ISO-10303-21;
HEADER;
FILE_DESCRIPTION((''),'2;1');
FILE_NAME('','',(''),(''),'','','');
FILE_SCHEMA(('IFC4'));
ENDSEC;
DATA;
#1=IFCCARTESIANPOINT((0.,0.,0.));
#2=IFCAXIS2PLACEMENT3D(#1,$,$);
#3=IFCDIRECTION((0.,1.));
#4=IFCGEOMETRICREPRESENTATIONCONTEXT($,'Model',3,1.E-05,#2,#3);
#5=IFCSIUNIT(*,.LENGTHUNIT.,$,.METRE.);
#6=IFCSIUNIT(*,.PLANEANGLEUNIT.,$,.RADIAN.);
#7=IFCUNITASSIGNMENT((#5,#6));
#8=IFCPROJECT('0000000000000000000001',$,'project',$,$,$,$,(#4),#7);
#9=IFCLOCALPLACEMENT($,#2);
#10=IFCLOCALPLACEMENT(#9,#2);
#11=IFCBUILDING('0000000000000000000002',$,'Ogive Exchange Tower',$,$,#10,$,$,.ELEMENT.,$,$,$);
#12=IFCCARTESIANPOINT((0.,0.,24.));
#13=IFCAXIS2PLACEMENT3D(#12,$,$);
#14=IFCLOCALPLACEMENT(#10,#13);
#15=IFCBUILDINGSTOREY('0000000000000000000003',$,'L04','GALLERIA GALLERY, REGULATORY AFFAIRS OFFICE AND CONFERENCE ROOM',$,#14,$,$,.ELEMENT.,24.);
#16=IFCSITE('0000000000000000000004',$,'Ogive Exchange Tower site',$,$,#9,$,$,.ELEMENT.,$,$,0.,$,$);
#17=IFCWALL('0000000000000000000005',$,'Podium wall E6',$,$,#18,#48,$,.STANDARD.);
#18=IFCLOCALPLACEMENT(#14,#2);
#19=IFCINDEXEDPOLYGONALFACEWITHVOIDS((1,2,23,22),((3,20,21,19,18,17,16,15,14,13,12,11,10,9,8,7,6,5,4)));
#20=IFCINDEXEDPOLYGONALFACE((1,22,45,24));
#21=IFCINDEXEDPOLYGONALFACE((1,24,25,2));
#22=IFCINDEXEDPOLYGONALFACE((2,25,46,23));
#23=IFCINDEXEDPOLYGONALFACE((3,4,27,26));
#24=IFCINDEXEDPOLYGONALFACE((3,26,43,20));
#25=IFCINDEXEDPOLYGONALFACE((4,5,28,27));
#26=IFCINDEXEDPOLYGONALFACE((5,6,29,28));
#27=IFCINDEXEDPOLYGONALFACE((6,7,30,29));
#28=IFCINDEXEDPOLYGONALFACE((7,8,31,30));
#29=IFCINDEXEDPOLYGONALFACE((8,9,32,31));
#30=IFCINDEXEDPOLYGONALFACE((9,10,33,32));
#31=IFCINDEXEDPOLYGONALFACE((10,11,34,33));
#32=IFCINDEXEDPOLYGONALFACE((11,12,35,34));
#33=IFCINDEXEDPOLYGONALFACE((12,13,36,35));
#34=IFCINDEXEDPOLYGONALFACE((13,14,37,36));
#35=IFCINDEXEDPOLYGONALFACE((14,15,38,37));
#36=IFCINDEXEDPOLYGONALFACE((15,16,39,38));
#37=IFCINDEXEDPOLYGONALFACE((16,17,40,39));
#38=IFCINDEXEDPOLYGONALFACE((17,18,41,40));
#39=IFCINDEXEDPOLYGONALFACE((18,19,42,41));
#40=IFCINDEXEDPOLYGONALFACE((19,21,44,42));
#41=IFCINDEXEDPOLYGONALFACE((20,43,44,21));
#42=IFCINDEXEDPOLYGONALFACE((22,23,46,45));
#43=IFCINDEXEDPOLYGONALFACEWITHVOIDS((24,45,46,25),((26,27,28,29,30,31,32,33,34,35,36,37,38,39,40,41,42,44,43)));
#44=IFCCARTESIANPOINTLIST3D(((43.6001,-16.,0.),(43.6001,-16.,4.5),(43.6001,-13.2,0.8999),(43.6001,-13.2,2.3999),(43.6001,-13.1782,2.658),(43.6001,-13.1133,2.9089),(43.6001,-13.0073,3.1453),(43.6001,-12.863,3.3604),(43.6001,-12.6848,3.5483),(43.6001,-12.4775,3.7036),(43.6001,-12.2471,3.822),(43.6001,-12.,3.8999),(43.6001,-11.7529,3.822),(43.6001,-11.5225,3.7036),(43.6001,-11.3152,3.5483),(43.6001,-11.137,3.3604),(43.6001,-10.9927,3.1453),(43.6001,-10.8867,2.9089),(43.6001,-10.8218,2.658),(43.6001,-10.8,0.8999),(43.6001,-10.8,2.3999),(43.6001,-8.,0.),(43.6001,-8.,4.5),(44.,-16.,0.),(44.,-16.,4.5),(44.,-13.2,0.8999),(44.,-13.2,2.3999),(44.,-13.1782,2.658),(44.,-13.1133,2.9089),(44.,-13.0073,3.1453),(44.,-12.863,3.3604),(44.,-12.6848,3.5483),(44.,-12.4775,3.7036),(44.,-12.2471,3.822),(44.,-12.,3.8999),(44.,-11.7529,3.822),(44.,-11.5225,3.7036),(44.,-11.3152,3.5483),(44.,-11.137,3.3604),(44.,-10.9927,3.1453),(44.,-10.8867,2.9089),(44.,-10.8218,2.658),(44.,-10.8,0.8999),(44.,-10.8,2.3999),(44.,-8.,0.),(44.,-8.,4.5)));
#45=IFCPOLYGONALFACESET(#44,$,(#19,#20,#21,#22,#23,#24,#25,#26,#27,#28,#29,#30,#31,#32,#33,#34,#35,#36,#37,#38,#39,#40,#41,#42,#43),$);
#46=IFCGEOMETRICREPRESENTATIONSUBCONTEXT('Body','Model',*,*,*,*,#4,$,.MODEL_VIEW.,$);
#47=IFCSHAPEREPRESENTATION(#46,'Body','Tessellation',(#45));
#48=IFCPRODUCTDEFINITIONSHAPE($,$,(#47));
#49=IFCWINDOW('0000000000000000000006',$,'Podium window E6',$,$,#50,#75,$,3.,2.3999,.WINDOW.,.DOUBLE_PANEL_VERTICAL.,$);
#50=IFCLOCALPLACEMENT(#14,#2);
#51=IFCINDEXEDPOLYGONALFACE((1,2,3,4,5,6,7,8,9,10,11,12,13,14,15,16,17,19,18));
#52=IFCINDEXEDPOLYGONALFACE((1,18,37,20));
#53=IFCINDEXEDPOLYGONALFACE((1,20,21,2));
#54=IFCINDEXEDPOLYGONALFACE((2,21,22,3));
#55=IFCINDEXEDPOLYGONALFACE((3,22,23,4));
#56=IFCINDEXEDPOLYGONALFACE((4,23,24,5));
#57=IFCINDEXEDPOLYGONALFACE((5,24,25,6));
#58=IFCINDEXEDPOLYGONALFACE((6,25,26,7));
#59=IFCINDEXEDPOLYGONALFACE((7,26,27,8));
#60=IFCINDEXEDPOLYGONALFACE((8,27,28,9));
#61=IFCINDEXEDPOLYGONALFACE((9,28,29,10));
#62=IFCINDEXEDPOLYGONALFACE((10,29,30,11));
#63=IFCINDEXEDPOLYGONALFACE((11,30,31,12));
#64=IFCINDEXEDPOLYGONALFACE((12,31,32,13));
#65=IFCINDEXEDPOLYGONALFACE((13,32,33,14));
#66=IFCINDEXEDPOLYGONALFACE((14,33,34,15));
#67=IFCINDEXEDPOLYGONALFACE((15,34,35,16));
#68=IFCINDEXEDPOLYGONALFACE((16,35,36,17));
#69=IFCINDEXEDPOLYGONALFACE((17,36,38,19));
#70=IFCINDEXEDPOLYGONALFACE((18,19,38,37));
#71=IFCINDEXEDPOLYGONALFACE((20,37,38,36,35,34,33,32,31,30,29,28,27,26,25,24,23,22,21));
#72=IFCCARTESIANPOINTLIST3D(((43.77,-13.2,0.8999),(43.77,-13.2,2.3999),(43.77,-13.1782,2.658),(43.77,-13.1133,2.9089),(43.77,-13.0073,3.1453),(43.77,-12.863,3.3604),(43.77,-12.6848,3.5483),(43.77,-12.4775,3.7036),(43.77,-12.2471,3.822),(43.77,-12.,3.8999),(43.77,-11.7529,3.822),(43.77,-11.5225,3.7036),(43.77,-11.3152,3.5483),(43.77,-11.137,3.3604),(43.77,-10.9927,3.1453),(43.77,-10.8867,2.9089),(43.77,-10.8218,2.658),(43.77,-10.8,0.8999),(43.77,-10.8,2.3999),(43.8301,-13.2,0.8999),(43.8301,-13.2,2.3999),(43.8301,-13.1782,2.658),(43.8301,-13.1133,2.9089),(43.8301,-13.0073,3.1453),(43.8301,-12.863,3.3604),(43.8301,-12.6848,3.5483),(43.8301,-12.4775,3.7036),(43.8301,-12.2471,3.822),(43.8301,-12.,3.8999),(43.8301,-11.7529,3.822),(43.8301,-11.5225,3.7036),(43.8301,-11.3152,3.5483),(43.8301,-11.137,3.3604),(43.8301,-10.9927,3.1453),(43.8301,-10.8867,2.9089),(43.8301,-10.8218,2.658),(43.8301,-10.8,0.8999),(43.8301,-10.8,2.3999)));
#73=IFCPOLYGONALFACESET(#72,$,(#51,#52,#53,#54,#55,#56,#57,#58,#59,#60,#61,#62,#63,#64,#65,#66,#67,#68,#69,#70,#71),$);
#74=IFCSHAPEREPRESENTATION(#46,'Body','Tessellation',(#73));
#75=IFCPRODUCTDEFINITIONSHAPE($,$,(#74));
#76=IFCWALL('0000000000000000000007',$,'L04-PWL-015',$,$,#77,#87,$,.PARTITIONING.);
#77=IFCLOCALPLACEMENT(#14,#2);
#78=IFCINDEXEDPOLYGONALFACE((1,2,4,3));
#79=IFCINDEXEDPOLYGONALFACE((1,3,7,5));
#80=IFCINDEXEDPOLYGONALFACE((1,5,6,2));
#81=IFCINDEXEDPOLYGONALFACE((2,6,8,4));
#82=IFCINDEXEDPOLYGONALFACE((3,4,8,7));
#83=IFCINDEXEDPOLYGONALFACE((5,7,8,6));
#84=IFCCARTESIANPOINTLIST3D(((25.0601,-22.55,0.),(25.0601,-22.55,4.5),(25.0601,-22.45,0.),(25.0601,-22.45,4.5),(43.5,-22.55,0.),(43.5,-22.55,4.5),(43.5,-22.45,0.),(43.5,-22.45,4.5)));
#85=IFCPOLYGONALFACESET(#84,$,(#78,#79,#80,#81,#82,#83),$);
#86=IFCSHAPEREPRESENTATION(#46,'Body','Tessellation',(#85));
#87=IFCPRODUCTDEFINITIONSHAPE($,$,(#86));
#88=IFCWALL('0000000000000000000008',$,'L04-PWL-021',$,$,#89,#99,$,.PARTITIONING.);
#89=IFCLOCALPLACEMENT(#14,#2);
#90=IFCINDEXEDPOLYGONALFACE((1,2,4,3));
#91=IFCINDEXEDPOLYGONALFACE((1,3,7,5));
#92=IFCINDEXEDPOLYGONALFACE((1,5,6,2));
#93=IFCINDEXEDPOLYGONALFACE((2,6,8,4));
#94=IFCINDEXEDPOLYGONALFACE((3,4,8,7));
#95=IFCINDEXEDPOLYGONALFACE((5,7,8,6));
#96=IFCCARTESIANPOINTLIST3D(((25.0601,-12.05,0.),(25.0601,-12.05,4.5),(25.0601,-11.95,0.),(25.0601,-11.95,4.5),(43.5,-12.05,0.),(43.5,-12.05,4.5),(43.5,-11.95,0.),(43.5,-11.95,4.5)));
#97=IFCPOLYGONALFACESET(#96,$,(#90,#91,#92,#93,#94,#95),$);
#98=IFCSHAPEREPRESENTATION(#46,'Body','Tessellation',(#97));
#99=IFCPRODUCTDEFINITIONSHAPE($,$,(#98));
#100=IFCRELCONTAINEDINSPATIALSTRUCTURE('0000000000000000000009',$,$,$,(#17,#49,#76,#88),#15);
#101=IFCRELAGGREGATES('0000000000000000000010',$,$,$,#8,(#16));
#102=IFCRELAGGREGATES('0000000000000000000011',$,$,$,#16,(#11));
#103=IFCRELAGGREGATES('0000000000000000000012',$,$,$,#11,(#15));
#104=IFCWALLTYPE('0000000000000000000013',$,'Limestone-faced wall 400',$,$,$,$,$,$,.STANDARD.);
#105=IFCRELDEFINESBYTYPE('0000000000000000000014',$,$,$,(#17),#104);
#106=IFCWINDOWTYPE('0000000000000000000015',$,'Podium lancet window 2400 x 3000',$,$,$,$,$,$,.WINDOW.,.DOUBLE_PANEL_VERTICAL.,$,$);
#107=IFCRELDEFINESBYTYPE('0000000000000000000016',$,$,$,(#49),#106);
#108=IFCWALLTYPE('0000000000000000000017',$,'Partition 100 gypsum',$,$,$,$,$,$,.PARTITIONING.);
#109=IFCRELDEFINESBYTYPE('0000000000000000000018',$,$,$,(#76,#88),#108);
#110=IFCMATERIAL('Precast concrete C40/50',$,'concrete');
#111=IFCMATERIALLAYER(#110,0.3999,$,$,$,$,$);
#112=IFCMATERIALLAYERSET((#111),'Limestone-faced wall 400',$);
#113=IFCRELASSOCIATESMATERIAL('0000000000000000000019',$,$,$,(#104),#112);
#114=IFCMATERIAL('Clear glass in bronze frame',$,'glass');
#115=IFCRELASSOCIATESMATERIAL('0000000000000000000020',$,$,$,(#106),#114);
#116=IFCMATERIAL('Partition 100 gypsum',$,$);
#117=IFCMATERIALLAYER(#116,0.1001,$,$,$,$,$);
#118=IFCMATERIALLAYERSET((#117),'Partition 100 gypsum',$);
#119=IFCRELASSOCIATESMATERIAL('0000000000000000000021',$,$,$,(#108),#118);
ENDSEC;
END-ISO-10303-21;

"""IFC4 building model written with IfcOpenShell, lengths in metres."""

from ifc_helpers import new_model, si_unit, direction, frame, frame_2d, origin, place, context, subcontext, project, spatial, polyline, rectangle, outline, extrude, material, layer, layer_set, type_object, element, fill, save


model = new_model("IFC4")

# Units and contexts
model_context = context("Model", 3, precision=1e-05, world=origin(), true_north=direction((0.0, 1.0)))
body_context = subcontext(model_context, "Body", "Model", "MODEL_VIEW")
ifc_project = project(units=[si_unit("LENGTHUNIT", "METRE"), si_unit("PLANEANGLEUNIT", "RADIAN")], contexts=[model_context])

# Site, building, storey
site_placement = place(None, origin())
site = spatial("IfcSite", under=ifc_project, at=site_placement, Name="Ogive Exchange Tower site", CompositionType="ELEMENT", RefElevation=0.0)
building_placement = place(site_placement, origin())
building = spatial("IfcBuilding", under=site, at=building_placement, Name="Ogive Exchange Tower", CompositionType="ELEMENT")
storey_placement = place(building_placement, frame((0.0, 0.0, 24.0)))
storey = spatial("IfcBuildingStorey", under=building, at=storey_placement, Name="L04", Description="GALLERIA GALLERY, REGULATORY AFFAIRS OFFICE AND CONFERENCE ROOM", CompositionType="ELEMENT", Elevation=24.0)

# Shared definitions
ifc_material_1 = material(Name="Precast concrete C40/50", Category="concrete")
ifc_layer_1 = layer(ifc_material_1, 0.3999)
ifc_layer_set_1 = layer_set([ifc_layer_1], Name="Limestone-faced wall 400")
wall_type_1 = type_object("IfcWallType", Name="Limestone-faced wall 400", PredefinedType="STANDARD", material=ifc_layer_set_1)
ifc_material_2 = material(Name="Clear glass in bronze frame", Category="glass")

# Wall, opening, window
wall_1_placement = place(storey_placement, frame((43.8, -16.0, 0.0), z_axis=(0.0, 0.0, 1.0), x_axis=(0.0, 1.0, 0.0)))
wall_1 = element("IfcWall", 1, at=wall_1_placement, inside=storey, type_object=wall_type_1, Name="Podium wall E6", PredefinedType="STANDARD", context=body_context, shape_type="SweptSolid", body=[
    extrude(rectangle(XDim=8.0, YDim=0.3999, at=frame_2d((4.0, 0.0))), origin(), (0.0, 0.0, 1.0), 4.5),
])
opening_1_placement = place(wall_1_placement, frame((2.8, 0.0, 0.8999)))
opening_1 = element("IfcOpeningElement", 2, at=opening_1_placement, cuts=wall_1, PredefinedType="OPENING", context=body_context, shape_type="SweptSolid", body=[
    extrude(outline(polyline([(0.0, 0.0), (2.3999, 0.0), (2.3999, 1.5), (2.3782, 1.7581), (2.3132, 2.009), (2.2073, 2.2454), (2.063, 2.4604), (1.8848, 2.6484), (1.6775, 2.8037), (1.447, 2.9221), (1.2, 3.0), (0.9529, 2.9221), (0.7224, 2.8037), (0.5151, 2.6484), (0.3369, 2.4604), (0.1926, 2.2454), (0.0867, 2.009), (0.0217, 1.7581), (0.0, 1.5), (0.0, 0.0)])), frame((0.0, 0.21, 0.0), z_axis=(0.0, -1.0, 0.0), x_axis=(1.0, 0.0, 0.0)), (0.0, 0.0, 1.0), 0.4199),
])
window_type_1 = type_object("IfcWindowType", Name="Podium lancet window 2400 x 3000", PartitioningType="DOUBLE_PANEL_VERTICAL", PredefinedType="WINDOW", material=ifc_material_2)
window_1_placement = place(opening_1_placement, origin())
window_1 = element("IfcWindow", 3, at=window_1_placement, inside=storey, type_object=window_type_1, Name="Podium window E6", OverallHeight=3.0, OverallWidth=2.3999, PartitioningType="DOUBLE_PANEL_VERTICAL", PredefinedType="WINDOW", context=body_context, shape_type="SweptSolid", body=[
    extrude(outline(polyline([(0.0, 0.0), (2.3999, 0.0), (2.3999, 1.5), (2.3782, 1.7581), (2.3132, 2.009), (2.2073, 2.2454), (2.063, 2.4604), (1.8848, 2.6484), (1.6775, 2.8037), (1.447, 2.9221), (1.2, 3.0), (0.9529, 2.9221), (0.7224, 2.8037), (0.5151, 2.6484), (0.3369, 2.4604), (0.1926, 2.2454), (0.0867, 2.009), (0.0217, 1.7581), (0.0, 1.5), (0.0, 0.0)])), frame((0.0, 0.03, 0.0), z_axis=(0.0, -1.0, 0.0), x_axis=(1.0, 0.0, 0.0)), (0.0, 0.0, 1.0), 0.0601),
])
fill(opening_1, window_1)

# Walls
ifc_material_3 = material(Name="Partition 100 gypsum")
ifc_layer_2 = layer(ifc_material_3, 0.1001)
ifc_layer_set_2 = layer_set([ifc_layer_2], Name="Partition 100 gypsum")
wall_type_2 = type_object("IfcWallType", Name="Partition 100 gypsum", PredefinedType="PARTITIONING", material=ifc_layer_set_2)
for number, where, z_axis, x_axis, name in (
    (4, (25.0601, -22.5, 0.0), (0.0, 0.0, 1.0), (1.0, 0.0, 0.0), "L04-PWL-015"),
    (5, (25.0601, -12.0, 0.0), (0.0, 0.0, 1.0), (1.0, 0.0, 0.0), "L04-PWL-021"),
):
    element("IfcWall", number, at=place(storey_placement, frame(where, z_axis=z_axis, x_axis=x_axis)), inside=storey, type_object=wall_type_2, Name=name, PredefinedType="PARTITIONING", context=body_context, shape_type="SweptSolid", body=[
        extrude(rectangle(XDim=18.4399, YDim=0.1001, at=frame_2d((9.22, 0.0))), origin(), (0.0, 0.0, 1.0), 4.5),
    ])

save(model, "model.ifc")
